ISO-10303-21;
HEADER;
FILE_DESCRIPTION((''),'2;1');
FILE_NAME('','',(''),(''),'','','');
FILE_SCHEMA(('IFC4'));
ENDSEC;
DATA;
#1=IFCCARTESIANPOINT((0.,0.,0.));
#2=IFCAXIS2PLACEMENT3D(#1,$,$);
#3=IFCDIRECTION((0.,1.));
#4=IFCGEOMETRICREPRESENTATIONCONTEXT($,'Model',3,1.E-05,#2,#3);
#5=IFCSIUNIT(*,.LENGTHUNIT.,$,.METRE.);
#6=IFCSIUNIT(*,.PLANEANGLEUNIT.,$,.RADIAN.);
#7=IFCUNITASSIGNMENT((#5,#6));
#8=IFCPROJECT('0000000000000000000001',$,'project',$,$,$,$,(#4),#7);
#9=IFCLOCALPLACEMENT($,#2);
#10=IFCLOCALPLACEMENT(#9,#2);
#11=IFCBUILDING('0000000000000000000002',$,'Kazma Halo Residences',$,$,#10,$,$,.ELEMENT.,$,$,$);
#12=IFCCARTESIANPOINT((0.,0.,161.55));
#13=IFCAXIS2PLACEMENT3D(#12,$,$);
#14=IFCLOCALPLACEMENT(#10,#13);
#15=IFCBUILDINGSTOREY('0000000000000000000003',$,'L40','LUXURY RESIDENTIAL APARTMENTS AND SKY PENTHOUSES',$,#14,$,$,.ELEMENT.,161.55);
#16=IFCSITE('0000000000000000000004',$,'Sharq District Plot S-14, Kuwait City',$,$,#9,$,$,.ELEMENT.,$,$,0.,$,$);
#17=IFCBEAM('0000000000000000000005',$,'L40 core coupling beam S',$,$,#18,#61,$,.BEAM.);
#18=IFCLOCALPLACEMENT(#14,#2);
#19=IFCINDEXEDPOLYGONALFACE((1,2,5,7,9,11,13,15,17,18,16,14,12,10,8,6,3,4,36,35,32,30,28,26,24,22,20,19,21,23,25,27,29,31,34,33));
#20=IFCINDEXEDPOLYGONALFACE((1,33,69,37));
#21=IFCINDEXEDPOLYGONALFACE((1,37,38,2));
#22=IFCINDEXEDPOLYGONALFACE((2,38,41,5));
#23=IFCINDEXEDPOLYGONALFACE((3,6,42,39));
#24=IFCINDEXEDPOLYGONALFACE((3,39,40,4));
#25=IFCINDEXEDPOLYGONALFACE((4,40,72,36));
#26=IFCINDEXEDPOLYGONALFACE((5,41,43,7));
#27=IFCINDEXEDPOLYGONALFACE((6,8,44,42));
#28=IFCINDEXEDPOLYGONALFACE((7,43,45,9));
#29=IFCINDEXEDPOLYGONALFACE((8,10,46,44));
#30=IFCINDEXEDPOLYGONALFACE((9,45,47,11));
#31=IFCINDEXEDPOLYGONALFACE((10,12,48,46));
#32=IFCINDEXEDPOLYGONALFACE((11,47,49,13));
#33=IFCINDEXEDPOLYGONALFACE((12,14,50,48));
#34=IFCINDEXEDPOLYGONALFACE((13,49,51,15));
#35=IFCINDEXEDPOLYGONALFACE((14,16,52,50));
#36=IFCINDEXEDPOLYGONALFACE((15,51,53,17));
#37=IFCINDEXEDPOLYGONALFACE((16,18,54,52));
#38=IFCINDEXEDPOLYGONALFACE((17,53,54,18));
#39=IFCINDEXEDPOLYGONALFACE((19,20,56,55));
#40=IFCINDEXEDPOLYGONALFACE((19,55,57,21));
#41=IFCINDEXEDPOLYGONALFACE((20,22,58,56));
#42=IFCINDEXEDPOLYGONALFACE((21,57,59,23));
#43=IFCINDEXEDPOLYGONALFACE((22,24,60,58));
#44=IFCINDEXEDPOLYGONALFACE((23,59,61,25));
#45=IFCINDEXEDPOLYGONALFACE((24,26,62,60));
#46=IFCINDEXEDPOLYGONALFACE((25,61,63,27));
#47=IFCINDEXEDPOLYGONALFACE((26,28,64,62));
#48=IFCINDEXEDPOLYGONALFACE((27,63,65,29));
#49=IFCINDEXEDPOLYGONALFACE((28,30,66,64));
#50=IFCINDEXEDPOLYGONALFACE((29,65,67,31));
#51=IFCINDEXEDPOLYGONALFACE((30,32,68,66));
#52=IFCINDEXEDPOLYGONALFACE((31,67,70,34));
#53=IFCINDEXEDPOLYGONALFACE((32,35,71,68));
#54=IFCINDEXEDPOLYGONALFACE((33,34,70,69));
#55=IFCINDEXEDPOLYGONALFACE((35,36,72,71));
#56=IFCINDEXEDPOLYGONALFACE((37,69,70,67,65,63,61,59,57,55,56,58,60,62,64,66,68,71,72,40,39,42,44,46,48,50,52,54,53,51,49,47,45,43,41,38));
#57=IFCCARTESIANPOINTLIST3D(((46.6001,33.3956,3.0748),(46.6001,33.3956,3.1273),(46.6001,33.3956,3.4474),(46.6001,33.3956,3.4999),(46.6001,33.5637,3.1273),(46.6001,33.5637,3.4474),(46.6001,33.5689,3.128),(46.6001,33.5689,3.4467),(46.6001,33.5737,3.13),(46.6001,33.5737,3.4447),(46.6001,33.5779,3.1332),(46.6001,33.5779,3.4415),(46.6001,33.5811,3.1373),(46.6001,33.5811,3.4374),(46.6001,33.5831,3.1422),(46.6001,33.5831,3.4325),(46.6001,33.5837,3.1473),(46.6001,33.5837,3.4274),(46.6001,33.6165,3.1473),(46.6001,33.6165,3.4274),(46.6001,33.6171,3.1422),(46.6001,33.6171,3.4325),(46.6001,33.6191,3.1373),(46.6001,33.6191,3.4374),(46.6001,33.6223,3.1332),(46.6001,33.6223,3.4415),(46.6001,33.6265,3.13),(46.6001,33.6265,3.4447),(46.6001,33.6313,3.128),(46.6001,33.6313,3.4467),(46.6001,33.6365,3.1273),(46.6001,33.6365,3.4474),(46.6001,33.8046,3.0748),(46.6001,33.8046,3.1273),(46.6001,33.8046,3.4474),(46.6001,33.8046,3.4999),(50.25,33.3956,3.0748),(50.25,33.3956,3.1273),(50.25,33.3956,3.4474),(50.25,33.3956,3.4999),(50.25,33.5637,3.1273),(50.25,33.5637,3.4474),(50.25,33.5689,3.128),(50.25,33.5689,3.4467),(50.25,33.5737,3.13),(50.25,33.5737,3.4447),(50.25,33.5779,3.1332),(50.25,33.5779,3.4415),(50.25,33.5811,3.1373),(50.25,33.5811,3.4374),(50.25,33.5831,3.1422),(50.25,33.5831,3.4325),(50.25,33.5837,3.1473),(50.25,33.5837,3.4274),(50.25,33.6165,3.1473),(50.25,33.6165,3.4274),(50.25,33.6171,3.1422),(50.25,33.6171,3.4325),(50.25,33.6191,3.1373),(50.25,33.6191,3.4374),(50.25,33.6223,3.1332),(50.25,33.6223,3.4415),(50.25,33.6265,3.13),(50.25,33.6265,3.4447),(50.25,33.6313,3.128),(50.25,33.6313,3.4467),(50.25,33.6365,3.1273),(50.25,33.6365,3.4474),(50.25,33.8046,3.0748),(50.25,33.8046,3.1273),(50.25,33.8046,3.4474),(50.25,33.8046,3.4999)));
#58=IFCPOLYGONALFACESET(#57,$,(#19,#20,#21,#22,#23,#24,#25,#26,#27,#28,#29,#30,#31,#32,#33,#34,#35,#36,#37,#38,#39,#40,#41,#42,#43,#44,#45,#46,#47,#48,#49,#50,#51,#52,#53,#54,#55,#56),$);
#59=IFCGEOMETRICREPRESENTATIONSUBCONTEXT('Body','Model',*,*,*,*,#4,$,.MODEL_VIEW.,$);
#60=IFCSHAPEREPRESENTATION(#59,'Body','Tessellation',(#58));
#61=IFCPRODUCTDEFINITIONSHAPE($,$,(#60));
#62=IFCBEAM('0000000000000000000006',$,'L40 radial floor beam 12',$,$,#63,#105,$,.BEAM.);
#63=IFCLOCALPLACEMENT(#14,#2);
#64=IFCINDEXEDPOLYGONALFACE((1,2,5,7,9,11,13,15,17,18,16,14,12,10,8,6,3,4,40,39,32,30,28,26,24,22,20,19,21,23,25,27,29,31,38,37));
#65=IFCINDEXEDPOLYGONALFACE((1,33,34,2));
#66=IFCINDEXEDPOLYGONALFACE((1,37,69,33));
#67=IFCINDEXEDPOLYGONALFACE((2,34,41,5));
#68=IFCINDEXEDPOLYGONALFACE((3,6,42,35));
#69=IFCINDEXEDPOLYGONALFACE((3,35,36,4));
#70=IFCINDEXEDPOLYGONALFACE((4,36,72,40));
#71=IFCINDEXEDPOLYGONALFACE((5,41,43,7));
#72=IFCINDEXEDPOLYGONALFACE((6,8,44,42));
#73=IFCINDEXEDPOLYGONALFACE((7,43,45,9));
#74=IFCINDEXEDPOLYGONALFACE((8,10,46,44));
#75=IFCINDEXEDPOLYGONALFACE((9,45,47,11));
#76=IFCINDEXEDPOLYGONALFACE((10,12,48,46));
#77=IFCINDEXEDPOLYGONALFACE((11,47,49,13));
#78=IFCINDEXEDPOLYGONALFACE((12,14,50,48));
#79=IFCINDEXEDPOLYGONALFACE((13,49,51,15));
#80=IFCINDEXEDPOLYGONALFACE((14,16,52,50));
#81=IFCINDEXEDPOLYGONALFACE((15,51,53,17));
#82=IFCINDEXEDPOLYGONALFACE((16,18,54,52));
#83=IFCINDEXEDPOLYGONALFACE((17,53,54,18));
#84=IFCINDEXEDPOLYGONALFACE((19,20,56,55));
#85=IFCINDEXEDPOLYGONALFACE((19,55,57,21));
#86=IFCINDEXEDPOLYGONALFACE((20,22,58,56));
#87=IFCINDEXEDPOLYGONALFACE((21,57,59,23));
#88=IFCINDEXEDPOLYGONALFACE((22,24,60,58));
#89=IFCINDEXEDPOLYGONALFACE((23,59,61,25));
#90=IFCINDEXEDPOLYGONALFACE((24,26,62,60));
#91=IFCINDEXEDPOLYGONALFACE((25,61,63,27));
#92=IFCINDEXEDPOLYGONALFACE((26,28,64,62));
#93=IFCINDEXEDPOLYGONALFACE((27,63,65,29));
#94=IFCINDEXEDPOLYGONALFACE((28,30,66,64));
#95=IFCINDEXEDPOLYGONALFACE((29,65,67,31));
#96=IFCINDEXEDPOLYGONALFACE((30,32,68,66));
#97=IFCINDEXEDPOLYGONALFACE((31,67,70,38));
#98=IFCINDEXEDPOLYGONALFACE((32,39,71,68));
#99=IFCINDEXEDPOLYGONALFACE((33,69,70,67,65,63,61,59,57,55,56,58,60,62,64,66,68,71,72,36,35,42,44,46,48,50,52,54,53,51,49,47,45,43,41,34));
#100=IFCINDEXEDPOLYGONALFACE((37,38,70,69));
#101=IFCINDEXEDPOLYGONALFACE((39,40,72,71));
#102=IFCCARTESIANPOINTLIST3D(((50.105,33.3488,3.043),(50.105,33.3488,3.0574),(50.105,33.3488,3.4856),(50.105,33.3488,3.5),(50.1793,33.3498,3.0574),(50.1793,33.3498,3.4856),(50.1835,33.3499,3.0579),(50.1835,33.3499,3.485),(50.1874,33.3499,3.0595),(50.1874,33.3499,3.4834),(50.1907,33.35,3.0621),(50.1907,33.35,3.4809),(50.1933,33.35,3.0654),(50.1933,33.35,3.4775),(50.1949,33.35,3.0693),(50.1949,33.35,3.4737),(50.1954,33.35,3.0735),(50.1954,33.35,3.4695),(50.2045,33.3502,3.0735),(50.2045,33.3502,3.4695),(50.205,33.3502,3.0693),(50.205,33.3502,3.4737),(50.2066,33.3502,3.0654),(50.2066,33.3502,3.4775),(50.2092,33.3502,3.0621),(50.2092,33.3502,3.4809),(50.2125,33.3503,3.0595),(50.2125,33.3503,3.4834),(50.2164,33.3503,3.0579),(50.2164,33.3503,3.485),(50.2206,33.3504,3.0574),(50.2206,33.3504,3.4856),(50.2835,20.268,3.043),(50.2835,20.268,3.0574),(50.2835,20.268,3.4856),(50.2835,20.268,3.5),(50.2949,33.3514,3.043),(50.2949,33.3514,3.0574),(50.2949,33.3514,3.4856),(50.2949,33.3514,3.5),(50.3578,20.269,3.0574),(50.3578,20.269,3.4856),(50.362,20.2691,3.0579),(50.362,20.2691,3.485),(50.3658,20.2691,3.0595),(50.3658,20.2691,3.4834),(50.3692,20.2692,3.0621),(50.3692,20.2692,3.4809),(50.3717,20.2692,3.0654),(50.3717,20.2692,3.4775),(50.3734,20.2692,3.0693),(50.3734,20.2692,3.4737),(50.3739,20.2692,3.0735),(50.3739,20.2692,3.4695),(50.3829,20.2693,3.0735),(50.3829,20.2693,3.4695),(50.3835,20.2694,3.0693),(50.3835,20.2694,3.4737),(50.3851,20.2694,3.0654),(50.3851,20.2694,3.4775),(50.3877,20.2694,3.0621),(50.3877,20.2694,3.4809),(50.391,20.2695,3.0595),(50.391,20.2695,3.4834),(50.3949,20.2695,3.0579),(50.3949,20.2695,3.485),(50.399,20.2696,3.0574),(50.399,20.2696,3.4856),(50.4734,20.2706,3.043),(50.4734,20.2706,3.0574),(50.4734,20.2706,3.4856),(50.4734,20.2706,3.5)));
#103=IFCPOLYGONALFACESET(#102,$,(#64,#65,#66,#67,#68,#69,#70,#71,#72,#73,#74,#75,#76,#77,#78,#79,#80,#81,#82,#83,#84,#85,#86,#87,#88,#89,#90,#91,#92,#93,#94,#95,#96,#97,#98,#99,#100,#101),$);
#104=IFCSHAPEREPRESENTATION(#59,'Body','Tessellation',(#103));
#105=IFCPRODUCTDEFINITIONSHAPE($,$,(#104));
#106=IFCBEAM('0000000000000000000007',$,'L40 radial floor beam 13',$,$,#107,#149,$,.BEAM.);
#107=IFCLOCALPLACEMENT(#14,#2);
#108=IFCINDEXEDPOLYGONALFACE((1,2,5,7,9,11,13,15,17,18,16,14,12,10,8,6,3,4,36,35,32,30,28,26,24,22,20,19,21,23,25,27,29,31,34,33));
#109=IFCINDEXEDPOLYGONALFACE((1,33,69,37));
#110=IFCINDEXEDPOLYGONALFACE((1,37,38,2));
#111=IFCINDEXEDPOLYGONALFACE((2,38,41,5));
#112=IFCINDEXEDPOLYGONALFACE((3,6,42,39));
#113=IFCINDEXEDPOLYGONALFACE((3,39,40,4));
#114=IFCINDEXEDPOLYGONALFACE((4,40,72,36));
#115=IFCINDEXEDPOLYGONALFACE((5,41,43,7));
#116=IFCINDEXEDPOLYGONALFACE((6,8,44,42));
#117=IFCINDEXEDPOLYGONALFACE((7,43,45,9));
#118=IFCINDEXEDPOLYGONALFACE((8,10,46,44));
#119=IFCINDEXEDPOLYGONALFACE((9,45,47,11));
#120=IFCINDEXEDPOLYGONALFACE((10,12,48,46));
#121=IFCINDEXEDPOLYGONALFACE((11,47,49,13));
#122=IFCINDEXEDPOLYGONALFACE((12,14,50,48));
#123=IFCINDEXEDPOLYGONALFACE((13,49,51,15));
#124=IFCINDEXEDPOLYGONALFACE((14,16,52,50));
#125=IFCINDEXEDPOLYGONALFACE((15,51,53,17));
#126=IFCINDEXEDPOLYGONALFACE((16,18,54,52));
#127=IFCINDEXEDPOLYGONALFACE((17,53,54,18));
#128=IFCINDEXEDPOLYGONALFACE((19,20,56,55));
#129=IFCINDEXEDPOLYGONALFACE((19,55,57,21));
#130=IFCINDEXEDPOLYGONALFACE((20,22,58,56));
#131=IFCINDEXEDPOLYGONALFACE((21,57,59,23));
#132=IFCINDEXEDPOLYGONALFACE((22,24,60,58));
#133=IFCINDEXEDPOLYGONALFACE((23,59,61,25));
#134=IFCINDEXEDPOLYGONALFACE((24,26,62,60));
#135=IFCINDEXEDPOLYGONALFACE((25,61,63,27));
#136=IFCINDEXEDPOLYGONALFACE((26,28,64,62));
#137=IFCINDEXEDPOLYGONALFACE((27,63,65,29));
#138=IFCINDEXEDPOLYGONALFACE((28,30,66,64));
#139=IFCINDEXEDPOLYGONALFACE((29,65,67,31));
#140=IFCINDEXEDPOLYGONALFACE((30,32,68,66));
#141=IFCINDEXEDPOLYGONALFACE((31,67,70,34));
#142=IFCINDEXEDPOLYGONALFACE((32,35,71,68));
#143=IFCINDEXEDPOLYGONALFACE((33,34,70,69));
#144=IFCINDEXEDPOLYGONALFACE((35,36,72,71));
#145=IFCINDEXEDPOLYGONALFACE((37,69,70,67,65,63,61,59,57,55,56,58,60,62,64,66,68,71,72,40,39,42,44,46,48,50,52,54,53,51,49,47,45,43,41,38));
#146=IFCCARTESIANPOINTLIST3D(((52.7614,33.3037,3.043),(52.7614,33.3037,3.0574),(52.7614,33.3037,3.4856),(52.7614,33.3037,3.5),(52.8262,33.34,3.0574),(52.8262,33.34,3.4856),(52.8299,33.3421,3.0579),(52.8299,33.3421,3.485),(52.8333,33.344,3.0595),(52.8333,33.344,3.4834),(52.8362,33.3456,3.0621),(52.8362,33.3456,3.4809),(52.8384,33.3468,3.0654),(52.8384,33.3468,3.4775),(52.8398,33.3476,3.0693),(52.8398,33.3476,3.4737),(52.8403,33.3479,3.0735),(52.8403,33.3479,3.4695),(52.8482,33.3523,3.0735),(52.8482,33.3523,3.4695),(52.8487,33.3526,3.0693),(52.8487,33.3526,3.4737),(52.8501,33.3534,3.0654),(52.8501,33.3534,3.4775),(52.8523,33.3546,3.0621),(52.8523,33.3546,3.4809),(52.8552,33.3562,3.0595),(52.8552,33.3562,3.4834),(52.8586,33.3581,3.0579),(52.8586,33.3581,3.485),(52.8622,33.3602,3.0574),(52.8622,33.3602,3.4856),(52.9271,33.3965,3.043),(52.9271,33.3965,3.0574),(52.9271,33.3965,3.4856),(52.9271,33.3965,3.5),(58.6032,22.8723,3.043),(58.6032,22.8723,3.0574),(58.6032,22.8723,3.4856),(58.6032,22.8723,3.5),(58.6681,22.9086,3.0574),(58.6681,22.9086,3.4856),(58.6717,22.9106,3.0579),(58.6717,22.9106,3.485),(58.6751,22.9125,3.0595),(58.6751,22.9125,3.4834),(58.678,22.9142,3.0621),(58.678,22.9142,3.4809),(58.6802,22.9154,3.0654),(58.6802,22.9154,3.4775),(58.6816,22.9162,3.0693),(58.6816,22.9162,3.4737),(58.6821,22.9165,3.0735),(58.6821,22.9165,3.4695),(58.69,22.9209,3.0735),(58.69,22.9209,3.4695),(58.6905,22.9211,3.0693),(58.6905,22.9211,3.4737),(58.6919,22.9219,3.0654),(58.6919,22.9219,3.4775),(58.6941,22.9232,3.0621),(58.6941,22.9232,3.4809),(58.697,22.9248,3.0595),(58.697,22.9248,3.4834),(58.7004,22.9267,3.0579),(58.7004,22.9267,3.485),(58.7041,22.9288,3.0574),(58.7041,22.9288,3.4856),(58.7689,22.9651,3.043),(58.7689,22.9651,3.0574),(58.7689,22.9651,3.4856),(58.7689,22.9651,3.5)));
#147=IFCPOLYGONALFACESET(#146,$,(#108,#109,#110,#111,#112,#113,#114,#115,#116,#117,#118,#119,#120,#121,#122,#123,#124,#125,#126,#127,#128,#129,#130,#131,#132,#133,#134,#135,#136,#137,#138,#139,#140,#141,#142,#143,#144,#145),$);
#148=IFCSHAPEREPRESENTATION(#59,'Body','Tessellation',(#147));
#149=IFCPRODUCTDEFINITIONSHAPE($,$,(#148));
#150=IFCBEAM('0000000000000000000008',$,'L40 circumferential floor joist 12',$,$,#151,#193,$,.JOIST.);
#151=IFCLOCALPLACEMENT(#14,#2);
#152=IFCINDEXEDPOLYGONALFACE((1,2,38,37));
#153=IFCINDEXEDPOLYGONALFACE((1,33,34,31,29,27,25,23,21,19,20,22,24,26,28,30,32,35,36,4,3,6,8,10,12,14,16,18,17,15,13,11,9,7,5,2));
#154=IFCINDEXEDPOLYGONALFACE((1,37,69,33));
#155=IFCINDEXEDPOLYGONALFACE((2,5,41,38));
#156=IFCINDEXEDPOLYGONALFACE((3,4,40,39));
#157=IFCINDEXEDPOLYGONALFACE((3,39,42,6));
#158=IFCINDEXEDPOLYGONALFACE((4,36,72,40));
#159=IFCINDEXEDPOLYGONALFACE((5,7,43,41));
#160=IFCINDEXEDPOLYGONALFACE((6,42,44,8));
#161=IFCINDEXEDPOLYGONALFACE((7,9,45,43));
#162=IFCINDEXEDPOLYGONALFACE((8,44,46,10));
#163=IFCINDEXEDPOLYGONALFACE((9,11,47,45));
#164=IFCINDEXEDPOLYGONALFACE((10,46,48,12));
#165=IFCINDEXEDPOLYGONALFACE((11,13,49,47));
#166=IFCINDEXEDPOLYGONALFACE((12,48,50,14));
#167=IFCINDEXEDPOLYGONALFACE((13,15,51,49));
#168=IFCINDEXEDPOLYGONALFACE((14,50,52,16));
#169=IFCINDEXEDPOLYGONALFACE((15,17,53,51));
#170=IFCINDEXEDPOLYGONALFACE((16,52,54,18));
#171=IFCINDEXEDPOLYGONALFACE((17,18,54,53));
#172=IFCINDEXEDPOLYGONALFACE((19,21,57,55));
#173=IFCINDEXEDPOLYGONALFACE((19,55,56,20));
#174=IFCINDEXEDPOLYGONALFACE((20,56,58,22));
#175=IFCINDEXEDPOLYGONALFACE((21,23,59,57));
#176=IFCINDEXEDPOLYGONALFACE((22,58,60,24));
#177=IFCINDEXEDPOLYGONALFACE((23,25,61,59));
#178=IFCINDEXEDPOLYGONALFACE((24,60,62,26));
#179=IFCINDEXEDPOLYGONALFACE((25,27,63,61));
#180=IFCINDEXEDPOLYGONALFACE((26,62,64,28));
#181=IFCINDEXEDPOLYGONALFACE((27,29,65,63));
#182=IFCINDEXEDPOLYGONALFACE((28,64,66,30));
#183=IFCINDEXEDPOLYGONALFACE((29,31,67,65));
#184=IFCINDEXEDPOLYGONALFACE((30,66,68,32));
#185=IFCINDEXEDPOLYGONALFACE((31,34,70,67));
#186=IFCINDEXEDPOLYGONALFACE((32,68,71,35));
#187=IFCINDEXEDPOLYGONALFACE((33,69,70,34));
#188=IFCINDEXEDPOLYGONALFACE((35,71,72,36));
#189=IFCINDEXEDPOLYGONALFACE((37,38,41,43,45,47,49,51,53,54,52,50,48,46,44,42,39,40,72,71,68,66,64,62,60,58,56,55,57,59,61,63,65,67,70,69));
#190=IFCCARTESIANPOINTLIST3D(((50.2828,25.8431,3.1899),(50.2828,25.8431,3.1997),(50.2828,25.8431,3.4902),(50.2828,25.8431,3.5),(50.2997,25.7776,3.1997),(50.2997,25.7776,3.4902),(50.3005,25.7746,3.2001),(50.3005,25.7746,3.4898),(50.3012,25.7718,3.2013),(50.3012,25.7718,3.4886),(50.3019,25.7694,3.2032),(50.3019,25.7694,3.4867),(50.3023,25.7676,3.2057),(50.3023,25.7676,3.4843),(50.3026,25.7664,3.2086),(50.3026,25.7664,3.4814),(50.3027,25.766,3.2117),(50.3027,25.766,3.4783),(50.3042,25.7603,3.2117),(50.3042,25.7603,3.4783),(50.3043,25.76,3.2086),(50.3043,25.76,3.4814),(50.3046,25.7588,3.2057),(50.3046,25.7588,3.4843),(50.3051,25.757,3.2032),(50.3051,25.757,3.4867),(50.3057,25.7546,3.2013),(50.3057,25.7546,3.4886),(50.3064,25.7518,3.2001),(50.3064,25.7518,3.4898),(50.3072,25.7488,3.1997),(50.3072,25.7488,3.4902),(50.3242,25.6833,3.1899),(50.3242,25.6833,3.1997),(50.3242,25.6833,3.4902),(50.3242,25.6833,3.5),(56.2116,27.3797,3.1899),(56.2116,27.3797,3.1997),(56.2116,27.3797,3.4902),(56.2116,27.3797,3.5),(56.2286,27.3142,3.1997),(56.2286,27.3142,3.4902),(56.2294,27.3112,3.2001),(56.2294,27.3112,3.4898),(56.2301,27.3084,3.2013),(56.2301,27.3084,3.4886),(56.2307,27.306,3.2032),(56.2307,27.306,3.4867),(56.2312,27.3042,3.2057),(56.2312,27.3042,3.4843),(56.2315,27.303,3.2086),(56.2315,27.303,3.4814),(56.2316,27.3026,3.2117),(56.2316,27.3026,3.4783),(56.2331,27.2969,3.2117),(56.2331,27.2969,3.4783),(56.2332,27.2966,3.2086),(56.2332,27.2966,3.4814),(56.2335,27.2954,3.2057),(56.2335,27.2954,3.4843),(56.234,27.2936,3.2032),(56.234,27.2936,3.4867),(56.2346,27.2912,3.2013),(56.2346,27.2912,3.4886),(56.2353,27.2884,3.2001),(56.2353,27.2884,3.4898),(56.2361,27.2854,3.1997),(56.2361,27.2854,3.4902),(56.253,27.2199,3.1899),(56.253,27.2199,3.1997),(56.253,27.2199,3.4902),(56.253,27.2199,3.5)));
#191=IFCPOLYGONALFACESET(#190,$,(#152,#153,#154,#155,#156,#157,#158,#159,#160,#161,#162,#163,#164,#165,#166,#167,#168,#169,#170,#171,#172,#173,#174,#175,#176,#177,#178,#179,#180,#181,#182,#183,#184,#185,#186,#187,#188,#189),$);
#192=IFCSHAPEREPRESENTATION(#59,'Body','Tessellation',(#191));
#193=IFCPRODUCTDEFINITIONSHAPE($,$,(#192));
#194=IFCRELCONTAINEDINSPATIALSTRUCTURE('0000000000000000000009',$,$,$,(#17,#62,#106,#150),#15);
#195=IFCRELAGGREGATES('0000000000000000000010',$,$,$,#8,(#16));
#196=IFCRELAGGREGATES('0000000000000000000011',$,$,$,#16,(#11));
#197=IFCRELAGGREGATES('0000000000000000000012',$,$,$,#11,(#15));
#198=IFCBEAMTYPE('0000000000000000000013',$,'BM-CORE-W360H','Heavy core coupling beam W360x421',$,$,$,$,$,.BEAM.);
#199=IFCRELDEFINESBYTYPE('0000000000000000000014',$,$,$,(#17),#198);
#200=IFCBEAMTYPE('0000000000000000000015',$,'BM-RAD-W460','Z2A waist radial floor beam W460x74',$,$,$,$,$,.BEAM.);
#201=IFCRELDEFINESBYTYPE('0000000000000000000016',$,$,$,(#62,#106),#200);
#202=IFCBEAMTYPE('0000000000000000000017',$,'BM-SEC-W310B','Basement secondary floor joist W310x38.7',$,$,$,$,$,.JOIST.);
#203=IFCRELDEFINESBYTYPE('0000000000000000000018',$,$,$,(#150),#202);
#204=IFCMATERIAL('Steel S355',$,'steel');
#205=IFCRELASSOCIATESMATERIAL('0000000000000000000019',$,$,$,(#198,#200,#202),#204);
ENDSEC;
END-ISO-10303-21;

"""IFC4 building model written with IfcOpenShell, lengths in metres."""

from ifc_helpers import new_model, si_unit, direction, frame, origin, origin_2d, place, context, subcontext, project, spatial, i_section, extrude, material, material_profile, profile_set, type_object, element, save


model = new_model("IFC4")

# Units and contexts
model_context = context("Model", 3, precision=1e-05, world=origin(), true_north=direction((0.0, 1.0)))
body_context = subcontext(model_context, "Body", "Model", "MODEL_VIEW")
ifc_project = project(units=[si_unit("LENGTHUNIT", "METRE"), si_unit("PLANEANGLEUNIT", "RADIAN")], contexts=[model_context])

# Site, building, storey
site_placement = place(None, origin())
site = spatial("IfcSite", under=ifc_project, at=site_placement, Name="Sharq District Plot S-14, Kuwait City", CompositionType="ELEMENT", RefElevation=0.0)
building_placement = place(site_placement, origin())
building = spatial("IfcBuilding", under=site, at=building_placement, Name="Kazma Halo Residences", CompositionType="ELEMENT")
storey_placement = place(building_placement, frame((0.0, 0.0, 161.55)))
storey = spatial("IfcBuildingStorey", under=building, at=storey_placement, Name="L40", Description="LUXURY RESIDENTIAL APARTMENTS AND SKY PENTHOUSES", CompositionType="ELEMENT", Elevation=161.55)

# Beams
ifc_material_1 = material(Name="Steel S355", Category="steel")
ifc_material_profile_1 = material_profile(ifc_material_1, i_section(OverallWidth=0.4089, OverallDepth=0.425, WebThickness=0.0327, FlangeThickness=0.0525, FilletRadius=0.02, at=origin_2d()), Name="W360x421")
ifc_profile_set_1 = profile_set([ifc_material_profile_1], Name="Steel S355")
beam_type_1 = type_object("IfcBeamType", Name="BM-CORE-W360H", Description="Heavy core coupling beam W360x421", PredefinedType="BEAM", material=ifc_profile_set_1)
beam_1_placement = place(storey_placement, frame((46.6001, 33.6001, 3.2874), z_axis=(1.0, 0.0, 0.0), x_axis=(0.0, 1.0, 0.0)))
element("IfcBeam", 1, at=beam_1_placement, inside=storey, type_object=beam_type_1, Name="L40 core coupling beam S", PredefinedType="BEAM", context=body_context, shape_type="SweptSolid", body=[
    extrude(i_section(OverallWidth=0.4089, OverallDepth=0.425, WebThickness=0.0327, FlangeThickness=0.0525, FilletRadius=0.02, at=origin_2d()), origin(), (0.0, 0.0, 1.0), 3.6499),
])
ifc_material_profile_2 = material_profile(ifc_material_1, i_section(OverallWidth=0.1899, OverallDepth=0.457, WebThickness=0.009, FlangeThickness=0.0144, FilletRadius=0.0161, at=origin_2d()), Name="W460x74")
ifc_profile_set_2 = profile_set([ifc_material_profile_2], Name="Steel S355")
beam_type_2 = type_object("IfcBeamType", Name="BM-RAD-W460", Description="Z2A waist radial floor beam W460x74", PredefinedType="BEAM", material=ifc_profile_set_2)
beam_2_placement = place(storey_placement, frame((50.2, 33.3501, 3.2715), z_axis=(0.013642, -0.999907, 0.0), x_axis=(0.999907, 0.013642, 0.0)))
element("IfcBeam", 2, at=beam_2_placement, inside=storey, type_object=beam_type_2, Name="L40 radial floor beam 12", PredefinedType="BEAM", context=body_context, shape_type="SweptSolid", body=[
    extrude(i_section(OverallWidth=0.1899, OverallDepth=0.457, WebThickness=0.009, FlangeThickness=0.0144, FilletRadius=0.0161, at=origin_2d()), origin(), (0.0, 0.0, 1.0), 13.082),
])
beam_3_placement = place(storey_placement, frame((52.8442, 33.3501, 3.2715), z_axis=(0.488617, -0.872498, 0.0), x_axis=(0.872498, 0.488617, 0.0)))
element("IfcBeam", 3, at=beam_3_placement, inside=storey, type_object=beam_type_2, Name="L40 radial floor beam 13", PredefinedType="BEAM", context=body_context, shape_type="SweptSolid", body=[
    extrude(i_section(OverallWidth=0.1899, OverallDepth=0.457, WebThickness=0.009, FlangeThickness=0.0144, FilletRadius=0.0161, at=origin_2d()), origin(), (0.0, 0.0, 1.0), 11.9558),
])
ifc_material_profile_3 = material_profile(ifc_material_1, i_section(OverallWidth=0.165, OverallDepth=0.3101, WebThickness=0.0059, FlangeThickness=0.0098, FilletRadius=0.012, at=origin_2d()), Name="W310x38.7")
ifc_profile_set_3 = profile_set([ifc_material_profile_3], Name="Steel S355")
beam_type_3 = type_object("IfcBeamType", Name="BM-SEC-W310B", Description="Basement secondary floor joist W310x38.7", PredefinedType="JOIST", material=ifc_profile_set_3)
beam_4_placement = place(storey_placement, frame((50.3035, 25.7632, 3.345), z_axis=(0.968017, 0.250883, 0.0), x_axis=(-0.250883, 0.968017, 0.0)))
element("IfcBeam", 4, at=beam_4_placement, inside=storey, type_object=beam_type_3, Name="L40 circumferential floor joist 12", PredefinedType="JOIST", context=body_context, shape_type="SweptSolid", body=[
    extrude(i_section(OverallWidth=0.165, OverallDepth=0.3101, WebThickness=0.0059, FlangeThickness=0.0098, FilletRadius=0.012, at=origin_2d()), origin(), (0.0, 0.0, 1.0), 6.1248),
])

save(model, "model.ifc")
